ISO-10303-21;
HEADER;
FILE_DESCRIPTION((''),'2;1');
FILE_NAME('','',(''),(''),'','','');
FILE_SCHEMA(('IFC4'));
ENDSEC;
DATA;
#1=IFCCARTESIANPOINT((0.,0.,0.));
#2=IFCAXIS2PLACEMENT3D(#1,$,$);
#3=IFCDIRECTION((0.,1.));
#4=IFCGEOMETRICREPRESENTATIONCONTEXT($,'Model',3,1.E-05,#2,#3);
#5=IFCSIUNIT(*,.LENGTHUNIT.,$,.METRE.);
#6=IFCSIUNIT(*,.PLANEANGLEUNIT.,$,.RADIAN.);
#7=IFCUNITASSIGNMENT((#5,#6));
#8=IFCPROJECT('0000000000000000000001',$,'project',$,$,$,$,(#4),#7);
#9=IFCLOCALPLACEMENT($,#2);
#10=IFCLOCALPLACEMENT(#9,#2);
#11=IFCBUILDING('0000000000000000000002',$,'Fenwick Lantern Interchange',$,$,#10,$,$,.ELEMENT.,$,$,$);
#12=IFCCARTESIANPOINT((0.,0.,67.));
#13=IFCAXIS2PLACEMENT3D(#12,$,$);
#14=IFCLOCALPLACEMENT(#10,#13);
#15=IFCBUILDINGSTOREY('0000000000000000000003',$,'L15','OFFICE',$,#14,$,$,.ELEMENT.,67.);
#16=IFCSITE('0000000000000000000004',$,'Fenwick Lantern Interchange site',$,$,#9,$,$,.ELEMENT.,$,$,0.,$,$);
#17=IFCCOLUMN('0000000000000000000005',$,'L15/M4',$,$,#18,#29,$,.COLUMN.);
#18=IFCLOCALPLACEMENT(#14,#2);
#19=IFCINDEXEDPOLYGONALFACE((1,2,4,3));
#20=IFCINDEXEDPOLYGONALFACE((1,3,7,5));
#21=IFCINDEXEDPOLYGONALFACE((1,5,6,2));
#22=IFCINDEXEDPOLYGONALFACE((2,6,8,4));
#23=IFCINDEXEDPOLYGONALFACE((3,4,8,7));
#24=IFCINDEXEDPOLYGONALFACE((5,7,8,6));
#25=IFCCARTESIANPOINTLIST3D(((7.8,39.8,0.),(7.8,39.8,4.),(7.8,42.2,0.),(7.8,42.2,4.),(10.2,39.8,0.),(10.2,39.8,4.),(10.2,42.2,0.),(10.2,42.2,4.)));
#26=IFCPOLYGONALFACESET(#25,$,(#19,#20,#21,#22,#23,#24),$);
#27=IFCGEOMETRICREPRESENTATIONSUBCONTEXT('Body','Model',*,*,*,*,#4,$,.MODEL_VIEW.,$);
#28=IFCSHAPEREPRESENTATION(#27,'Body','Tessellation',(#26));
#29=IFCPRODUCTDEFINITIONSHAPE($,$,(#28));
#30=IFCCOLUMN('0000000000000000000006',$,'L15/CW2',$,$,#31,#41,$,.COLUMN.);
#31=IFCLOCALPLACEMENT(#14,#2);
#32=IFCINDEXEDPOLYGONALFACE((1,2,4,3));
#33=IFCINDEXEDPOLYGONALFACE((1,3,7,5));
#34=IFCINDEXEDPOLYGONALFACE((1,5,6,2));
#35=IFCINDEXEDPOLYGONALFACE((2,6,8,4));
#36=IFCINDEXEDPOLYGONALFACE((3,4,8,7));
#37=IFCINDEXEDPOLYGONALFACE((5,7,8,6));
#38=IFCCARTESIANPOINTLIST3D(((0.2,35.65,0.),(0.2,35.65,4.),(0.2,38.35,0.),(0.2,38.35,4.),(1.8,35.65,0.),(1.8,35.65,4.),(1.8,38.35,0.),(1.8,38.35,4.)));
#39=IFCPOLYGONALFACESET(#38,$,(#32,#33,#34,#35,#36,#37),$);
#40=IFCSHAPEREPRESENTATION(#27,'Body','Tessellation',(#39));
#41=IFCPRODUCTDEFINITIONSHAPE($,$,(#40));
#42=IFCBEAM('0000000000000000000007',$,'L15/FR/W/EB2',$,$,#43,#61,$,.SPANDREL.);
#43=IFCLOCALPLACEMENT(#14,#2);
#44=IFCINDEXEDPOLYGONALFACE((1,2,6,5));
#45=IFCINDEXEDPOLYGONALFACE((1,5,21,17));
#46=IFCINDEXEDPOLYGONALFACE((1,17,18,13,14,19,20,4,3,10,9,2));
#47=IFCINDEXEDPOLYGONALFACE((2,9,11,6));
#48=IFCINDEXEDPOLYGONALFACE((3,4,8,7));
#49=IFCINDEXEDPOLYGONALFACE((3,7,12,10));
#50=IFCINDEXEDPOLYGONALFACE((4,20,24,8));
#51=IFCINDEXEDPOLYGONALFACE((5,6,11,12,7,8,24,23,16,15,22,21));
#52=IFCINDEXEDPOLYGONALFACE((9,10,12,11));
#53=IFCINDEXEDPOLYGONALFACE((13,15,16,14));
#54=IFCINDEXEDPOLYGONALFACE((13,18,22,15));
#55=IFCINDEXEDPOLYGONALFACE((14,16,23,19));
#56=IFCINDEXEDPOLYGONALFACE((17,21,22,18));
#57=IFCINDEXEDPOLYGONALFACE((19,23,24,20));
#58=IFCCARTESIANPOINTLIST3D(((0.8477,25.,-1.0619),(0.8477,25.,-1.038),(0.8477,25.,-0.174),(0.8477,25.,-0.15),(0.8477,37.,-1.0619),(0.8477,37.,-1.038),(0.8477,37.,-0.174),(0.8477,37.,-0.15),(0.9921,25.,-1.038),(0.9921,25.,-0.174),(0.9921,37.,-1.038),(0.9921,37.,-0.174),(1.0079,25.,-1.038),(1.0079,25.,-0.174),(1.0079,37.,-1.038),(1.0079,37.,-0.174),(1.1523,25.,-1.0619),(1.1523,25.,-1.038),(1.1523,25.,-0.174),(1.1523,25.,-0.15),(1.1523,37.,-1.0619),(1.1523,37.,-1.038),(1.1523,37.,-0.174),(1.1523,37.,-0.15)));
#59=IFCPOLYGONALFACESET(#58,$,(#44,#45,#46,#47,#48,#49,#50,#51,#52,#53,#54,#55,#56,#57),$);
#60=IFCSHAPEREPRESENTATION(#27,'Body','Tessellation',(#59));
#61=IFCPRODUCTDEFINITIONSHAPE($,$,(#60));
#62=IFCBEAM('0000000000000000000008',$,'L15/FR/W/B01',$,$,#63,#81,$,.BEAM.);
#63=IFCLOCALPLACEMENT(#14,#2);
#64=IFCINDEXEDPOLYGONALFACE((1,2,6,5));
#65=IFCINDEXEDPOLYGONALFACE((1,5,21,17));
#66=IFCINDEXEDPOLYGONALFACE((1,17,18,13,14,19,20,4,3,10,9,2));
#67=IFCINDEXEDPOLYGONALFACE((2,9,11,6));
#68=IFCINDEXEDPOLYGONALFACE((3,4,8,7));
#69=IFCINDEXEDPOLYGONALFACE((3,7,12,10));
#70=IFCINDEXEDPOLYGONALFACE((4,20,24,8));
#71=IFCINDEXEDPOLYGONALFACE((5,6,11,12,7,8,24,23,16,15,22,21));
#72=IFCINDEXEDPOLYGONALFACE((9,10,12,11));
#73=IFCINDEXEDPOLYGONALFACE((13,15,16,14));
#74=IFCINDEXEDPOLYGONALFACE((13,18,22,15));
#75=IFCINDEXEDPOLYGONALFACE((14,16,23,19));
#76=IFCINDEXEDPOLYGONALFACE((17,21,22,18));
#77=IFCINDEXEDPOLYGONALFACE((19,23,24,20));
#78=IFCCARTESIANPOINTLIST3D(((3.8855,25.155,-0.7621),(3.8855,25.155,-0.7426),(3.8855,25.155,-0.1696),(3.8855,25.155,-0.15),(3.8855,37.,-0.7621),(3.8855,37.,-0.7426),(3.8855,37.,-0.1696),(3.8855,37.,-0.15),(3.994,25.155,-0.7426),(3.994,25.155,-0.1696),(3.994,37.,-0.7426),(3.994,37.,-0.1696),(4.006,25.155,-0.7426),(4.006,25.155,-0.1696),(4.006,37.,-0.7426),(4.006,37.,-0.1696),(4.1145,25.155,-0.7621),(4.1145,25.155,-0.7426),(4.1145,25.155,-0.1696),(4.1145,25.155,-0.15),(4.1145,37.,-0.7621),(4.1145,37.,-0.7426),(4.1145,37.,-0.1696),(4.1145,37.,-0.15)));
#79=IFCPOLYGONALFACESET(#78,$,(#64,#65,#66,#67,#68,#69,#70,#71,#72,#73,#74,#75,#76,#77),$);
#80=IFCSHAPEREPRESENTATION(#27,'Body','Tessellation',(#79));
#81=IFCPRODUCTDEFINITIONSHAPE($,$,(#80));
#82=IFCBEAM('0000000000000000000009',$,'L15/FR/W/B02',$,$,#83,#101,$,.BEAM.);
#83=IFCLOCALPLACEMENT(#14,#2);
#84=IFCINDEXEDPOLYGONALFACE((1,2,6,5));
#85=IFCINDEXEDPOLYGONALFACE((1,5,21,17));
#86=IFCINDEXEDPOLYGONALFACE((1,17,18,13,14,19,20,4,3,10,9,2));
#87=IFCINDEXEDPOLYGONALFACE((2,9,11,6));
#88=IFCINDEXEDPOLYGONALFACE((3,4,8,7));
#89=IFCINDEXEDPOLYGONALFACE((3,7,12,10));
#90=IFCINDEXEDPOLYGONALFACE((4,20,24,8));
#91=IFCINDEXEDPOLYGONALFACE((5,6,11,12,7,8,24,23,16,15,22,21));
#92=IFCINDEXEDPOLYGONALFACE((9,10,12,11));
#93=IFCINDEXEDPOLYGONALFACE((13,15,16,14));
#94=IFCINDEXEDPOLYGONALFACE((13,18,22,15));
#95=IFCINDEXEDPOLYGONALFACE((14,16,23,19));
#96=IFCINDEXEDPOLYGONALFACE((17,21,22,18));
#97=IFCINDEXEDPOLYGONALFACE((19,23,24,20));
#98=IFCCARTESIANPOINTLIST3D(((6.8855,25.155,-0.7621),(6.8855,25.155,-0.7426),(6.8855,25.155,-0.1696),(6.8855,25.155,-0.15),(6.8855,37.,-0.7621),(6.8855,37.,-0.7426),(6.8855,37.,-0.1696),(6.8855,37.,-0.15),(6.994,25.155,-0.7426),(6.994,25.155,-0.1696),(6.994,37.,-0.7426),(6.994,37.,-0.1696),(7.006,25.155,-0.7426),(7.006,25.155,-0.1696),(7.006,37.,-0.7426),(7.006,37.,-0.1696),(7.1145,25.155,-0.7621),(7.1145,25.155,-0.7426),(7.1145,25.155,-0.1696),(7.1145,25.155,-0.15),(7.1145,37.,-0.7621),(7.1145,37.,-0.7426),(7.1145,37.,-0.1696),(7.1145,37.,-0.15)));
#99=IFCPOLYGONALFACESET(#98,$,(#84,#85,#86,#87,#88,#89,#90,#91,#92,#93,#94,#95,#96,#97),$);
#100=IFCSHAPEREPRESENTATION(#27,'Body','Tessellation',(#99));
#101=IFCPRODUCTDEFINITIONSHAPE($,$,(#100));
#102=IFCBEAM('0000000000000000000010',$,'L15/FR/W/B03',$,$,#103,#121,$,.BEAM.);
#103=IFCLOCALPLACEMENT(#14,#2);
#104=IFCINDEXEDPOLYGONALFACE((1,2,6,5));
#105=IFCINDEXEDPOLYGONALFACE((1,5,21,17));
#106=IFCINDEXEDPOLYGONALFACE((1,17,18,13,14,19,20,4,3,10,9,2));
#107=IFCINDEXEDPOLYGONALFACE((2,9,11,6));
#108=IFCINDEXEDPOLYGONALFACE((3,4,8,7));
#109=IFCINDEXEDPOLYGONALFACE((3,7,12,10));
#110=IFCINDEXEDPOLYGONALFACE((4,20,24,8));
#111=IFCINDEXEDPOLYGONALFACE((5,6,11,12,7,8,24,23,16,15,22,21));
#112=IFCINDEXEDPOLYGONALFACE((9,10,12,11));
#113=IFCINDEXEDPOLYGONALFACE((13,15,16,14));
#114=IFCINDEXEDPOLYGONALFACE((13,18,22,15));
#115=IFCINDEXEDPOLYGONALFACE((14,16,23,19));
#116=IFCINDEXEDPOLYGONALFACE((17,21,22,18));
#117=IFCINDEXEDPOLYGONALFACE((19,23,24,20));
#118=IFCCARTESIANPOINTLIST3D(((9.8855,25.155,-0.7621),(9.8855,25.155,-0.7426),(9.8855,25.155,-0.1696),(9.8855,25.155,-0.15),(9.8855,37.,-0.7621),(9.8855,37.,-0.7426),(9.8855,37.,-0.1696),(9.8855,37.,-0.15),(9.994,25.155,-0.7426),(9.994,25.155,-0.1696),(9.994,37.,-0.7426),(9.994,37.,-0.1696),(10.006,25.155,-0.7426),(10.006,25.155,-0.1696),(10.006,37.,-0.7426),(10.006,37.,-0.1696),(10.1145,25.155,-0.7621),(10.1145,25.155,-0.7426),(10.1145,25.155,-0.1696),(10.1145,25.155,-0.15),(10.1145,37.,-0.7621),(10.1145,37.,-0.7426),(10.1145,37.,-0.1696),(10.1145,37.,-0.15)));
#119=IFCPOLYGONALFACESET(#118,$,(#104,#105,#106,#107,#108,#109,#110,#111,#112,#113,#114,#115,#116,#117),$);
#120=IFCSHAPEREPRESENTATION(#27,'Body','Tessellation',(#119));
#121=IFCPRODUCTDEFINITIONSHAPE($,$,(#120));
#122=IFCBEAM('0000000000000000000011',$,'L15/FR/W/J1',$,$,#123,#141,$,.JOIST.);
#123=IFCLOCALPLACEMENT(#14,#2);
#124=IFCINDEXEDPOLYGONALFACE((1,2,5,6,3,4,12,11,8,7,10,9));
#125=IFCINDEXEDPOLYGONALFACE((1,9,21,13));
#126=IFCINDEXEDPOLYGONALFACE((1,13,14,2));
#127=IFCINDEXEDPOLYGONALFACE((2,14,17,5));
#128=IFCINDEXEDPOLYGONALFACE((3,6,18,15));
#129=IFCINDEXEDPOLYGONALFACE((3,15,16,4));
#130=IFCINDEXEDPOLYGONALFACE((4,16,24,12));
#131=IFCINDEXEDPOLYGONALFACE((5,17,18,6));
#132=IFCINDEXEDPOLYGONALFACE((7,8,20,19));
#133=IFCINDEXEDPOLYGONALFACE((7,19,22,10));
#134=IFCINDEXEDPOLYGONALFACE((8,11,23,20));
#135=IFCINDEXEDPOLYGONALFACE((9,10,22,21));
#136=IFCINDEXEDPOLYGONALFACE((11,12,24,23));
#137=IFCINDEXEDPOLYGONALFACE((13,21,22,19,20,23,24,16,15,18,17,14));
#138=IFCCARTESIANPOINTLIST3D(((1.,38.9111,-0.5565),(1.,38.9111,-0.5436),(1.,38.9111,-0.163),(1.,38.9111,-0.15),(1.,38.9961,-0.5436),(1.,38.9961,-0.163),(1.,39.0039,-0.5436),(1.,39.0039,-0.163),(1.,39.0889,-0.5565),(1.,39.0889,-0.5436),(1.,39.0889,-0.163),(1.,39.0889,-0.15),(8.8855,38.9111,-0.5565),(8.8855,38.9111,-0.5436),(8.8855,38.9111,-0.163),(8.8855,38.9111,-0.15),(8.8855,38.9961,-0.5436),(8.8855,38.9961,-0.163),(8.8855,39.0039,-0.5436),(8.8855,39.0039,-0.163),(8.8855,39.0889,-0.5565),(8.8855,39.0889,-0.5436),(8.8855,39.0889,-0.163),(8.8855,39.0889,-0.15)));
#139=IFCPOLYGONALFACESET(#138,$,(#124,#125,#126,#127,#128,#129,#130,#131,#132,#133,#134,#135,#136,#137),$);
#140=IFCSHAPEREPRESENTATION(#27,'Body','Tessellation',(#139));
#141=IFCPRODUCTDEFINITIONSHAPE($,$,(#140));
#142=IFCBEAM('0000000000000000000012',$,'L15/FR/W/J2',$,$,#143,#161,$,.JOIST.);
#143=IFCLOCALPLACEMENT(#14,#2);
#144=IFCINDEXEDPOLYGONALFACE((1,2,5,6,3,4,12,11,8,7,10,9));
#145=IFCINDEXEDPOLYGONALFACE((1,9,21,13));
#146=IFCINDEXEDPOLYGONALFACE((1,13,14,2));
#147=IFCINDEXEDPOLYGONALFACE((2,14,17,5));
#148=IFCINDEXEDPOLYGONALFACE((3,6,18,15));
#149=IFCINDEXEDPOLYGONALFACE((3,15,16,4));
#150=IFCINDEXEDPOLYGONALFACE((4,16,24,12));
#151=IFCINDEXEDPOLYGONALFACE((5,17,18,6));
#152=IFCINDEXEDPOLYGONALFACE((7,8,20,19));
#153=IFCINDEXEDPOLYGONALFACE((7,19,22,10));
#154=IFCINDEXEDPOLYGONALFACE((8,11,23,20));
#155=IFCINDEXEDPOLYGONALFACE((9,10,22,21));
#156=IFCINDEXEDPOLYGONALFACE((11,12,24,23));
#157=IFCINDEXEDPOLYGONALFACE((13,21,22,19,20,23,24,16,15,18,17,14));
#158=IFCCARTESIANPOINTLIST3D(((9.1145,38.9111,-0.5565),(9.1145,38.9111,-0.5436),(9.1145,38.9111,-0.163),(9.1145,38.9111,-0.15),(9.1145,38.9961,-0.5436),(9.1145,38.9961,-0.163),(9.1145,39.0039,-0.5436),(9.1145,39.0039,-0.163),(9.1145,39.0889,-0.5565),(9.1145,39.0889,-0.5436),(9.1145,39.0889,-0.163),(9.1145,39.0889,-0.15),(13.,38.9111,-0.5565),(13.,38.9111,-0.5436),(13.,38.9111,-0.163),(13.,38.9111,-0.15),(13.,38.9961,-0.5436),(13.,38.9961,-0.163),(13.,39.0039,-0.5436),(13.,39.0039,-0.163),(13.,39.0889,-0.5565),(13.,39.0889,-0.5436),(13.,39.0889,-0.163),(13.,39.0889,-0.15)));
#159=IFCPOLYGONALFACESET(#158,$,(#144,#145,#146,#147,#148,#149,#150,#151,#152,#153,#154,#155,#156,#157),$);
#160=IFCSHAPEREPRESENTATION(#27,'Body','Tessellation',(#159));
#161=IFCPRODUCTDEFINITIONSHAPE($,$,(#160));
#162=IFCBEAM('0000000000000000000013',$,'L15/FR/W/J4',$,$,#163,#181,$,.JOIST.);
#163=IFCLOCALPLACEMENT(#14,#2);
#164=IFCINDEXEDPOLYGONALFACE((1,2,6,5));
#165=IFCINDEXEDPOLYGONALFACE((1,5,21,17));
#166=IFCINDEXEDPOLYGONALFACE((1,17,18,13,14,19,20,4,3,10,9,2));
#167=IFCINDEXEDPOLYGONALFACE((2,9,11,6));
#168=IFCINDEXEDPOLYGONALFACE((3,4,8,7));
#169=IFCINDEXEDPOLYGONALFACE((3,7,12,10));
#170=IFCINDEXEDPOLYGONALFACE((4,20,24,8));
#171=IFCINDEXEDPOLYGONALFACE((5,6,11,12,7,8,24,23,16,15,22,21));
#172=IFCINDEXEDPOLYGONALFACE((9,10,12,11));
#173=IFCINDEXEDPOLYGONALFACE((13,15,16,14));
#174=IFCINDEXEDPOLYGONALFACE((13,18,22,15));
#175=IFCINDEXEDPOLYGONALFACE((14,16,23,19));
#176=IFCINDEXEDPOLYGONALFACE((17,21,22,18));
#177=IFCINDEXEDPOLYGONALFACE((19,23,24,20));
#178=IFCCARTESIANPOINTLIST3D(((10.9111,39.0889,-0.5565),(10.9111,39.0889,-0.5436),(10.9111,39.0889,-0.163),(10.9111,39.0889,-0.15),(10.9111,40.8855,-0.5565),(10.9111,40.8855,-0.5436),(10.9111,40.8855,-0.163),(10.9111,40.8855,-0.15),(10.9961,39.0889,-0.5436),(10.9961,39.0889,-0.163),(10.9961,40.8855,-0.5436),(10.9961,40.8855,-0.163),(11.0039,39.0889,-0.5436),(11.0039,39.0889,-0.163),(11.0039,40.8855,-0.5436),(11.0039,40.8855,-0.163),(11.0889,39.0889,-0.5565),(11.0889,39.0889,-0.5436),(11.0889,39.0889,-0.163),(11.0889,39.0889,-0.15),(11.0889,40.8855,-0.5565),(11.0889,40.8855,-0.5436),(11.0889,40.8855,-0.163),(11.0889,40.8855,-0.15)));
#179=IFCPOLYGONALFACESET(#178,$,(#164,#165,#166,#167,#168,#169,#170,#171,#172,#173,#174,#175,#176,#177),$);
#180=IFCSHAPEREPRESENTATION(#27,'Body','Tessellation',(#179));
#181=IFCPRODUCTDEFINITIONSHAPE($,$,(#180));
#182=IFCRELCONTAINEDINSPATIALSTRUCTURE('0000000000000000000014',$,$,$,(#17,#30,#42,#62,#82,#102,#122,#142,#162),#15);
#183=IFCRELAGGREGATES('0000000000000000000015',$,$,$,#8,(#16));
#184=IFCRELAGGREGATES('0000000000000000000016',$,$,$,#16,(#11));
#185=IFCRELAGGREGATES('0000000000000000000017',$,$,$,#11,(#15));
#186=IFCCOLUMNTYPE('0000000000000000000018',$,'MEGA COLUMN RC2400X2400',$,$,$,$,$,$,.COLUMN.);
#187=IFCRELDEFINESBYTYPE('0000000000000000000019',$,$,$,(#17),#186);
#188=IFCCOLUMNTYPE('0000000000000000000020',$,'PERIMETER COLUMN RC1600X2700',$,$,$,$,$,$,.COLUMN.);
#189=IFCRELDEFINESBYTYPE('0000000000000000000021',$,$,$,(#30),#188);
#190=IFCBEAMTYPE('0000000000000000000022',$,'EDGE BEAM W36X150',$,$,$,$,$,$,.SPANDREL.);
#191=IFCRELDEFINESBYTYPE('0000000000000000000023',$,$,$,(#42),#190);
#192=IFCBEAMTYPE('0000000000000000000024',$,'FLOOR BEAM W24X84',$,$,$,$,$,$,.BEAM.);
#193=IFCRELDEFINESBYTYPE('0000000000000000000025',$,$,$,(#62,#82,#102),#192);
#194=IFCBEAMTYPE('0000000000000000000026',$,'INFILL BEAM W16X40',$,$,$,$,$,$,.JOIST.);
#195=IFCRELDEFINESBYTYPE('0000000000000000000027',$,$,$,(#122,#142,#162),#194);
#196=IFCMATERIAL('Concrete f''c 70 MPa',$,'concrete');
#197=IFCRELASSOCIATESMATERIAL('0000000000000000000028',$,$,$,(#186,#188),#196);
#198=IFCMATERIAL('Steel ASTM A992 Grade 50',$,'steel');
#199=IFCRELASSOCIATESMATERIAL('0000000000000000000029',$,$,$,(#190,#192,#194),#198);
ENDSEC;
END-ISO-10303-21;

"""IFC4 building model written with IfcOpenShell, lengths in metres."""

from ifc_helpers import new_model, si_unit, direction, frame, origin, origin_2d, place, context, subcontext, project, spatial, rectangle, i_section, extrude, material, material_profile, profile_set, type_object, element, save


model = new_model("IFC4")

# Units and contexts
model_context = context("Model", 3, precision=1e-05, world=origin(), true_north=direction((0.0, 1.0)))
body_context = subcontext(model_context, "Body", "Model", "MODEL_VIEW")
ifc_project = project(units=[si_unit("LENGTHUNIT", "METRE"), si_unit("PLANEANGLEUNIT", "RADIAN")], contexts=[model_context])

# Site, building, storey
site_placement = place(None, origin())
site = spatial("IfcSite", under=ifc_project, at=site_placement, Name="Fenwick Lantern Interchange site", CompositionType="ELEMENT", RefElevation=0.0)
building_placement = place(site_placement, origin())
building = spatial("IfcBuilding", under=site, at=building_placement, Name="Fenwick Lantern Interchange", CompositionType="ELEMENT")
storey_placement = place(building_placement, frame((0.0, 0.0, 67.0)))
storey = spatial("IfcBuildingStorey", under=building, at=storey_placement, Name="L15", Description="OFFICE", CompositionType="ELEMENT", Elevation=67.0)

# Columns
ifc_material_1 = material(Name="Concrete f'c 70 MPa", Category="concrete")
ifc_material_profile_1 = material_profile(ifc_material_1, rectangle(XDim=2.3999, YDim=2.3999, at=origin_2d()), Name="RC2400X2400")
ifc_profile_set_1 = profile_set([ifc_material_profile_1], Name="Concrete f'c 70 MPa")
column_type_1 = type_object("IfcColumnType", Name="MEGA COLUMN RC2400X2400", PredefinedType="COLUMN", material=ifc_profile_set_1)
column_1_placement = place(storey_placement, frame((9.0, 41.0, 0.0), z_axis=(0.0, 0.0, 1.0), x_axis=(1.0, 0.0, 0.0)))
element("IfcColumn", 1, at=column_1_placement, inside=storey, type_object=column_type_1, Name="L15/M4", PredefinedType="COLUMN", context=body_context, shape_type="SweptSolid", body=[
    extrude(rectangle(XDim=2.3999, YDim=2.3999, at=origin_2d()), origin(), (0.0, 0.0, 1.0), 4.0),
])
ifc_material_profile_2 = material_profile(ifc_material_1, rectangle(XDim=1.6001, YDim=2.7, at=origin_2d()), Name="RC1600X2700")
ifc_profile_set_2 = profile_set([ifc_material_profile_2], Name="Concrete f'c 70 MPa")
column_type_2 = type_object("IfcColumnType", Name="PERIMETER COLUMN RC1600X2700", PredefinedType="COLUMN", material=ifc_profile_set_2)
column_2_placement = place(storey_placement, frame((1.0, 37.0, 0.0), z_axis=(0.0, 0.0, 1.0), x_axis=(1.0, 0.0, 0.0)))
element("IfcColumn", 2, at=column_2_placement, inside=storey, type_object=column_type_2, Name="L15/CW2", PredefinedType="COLUMN", context=body_context, shape_type="SweptSolid", body=[
    extrude(rectangle(XDim=1.6001, YDim=2.7, at=origin_2d()), origin(), (0.0, 0.0, 1.0), 4.0),
])

# Beams
ifc_material_2 = material(Name="Steel ASTM A992 Grade 50", Category="steel")
ifc_material_profile_3 = material_profile(ifc_material_2, i_section(OverallWidth=0.3047, OverallDepth=0.9119, WebThickness=0.0159, FlangeThickness=0.0239, at=origin_2d()), Name="W36X150")
ifc_profile_set_3 = profile_set([ifc_material_profile_3], Name="Steel ASTM A992 Grade 50")
beam_type_1 = type_object("IfcBeamType", Name="EDGE BEAM W36X150", PredefinedType="SPANDREL", material=ifc_profile_set_3)
beam_1_placement = place(storey_placement, frame((1.0, 37.0, -0.606), z_axis=(0.0, -1.0, 0.0), x_axis=(1.0, 0.0, 0.0)))
element("IfcBeam", 3, at=beam_1_placement, inside=storey, type_object=beam_type_1, Name="L15/FR/W/EB2", PredefinedType="SPANDREL", context=body_context, shape_type="SweptSolid", body=[
    extrude(i_section(OverallWidth=0.3047, OverallDepth=0.9119, WebThickness=0.0159, FlangeThickness=0.0239, at=origin_2d()), origin(), (0.0, 0.0, 1.0), 12.0),
])
ifc_material_profile_4 = material_profile(ifc_material_2, i_section(OverallWidth=0.229, OverallDepth=0.6121, WebThickness=0.012, FlangeThickness=0.0195, at=origin_2d()), Name="W24X84")
ifc_profile_set_4 = profile_set([ifc_material_profile_4], Name="Steel ASTM A992 Grade 50")
beam_type_2 = type_object("IfcBeamType", Name="FLOOR BEAM W24X84", PredefinedType="BEAM", material=ifc_profile_set_4)
for number, where, z_axis, x_axis, name in (
    (4, (4.0, 37.0, -0.4561), (0.0, -1.0, 0.0), (1.0, 0.0, 0.0), "L15/FR/W/B01"),
    (5, (7.0, 37.0, -0.4561), (0.0, -1.0, 0.0), (1.0, 0.0, 0.0), "L15/FR/W/B02"),
    (6, (10.0, 37.0, -0.4561), (0.0, -1.0, 0.0), (1.0, 0.0, 0.0), "L15/FR/W/B03"),
):
    element("IfcBeam", number, at=place(storey_placement, frame(where, z_axis=z_axis, x_axis=x_axis)), inside=storey, type_object=beam_type_2, Name=name, PredefinedType="BEAM", context=body_context, shape_type="SweptSolid", body=[
        extrude(i_section(OverallWidth=0.229, OverallDepth=0.6121, WebThickness=0.012, FlangeThickness=0.0195, at=origin_2d()), origin(), (0.0, 0.0, 1.0), 11.845),
    ])
ifc_material_profile_5 = material_profile(ifc_material_2, i_section(OverallWidth=0.1777, OverallDepth=0.4065, WebThickness=0.0078, FlangeThickness=0.0129, at=origin_2d()), Name="W16X40")
ifc_profile_set_5 = profile_set([ifc_material_profile_5], Name="Steel ASTM A992 Grade 50")
beam_type_3 = type_object("IfcBeamType", Name="INFILL BEAM W16X40", PredefinedType="JOIST", material=ifc_profile_set_5)
beam_2_placement = place(storey_placement, frame((1.0, 39.0, -0.3533), z_axis=(1.0, 0.0, 0.0), x_axis=(0.0, 1.0, 0.0)))
element("IfcBeam", 7, at=beam_2_placement, inside=storey, type_object=beam_type_3, Name="L15/FR/W/J1", PredefinedType="JOIST", context=body_context, shape_type="SweptSolid", body=[
    extrude(i_section(OverallWidth=0.1777, OverallDepth=0.4065, WebThickness=0.0078, FlangeThickness=0.0129, at=origin_2d()), origin(), (0.0, 0.0, 1.0), 7.8855),
])
beam_3_placement = place(storey_placement, frame((9.1145, 39.0, -0.3533), z_axis=(1.0, 0.0, 0.0), x_axis=(0.0, 1.0, 0.0)))
element("IfcBeam", 8, at=beam_3_placement, inside=storey, type_object=beam_type_3, Name="L15/FR/W/J2", PredefinedType="JOIST", context=body_context, shape_type="SweptSolid", body=[
    extrude(i_section(OverallWidth=0.1777, OverallDepth=0.4065, WebThickness=0.0078, FlangeThickness=0.0129, at=origin_2d()), origin(), (0.0, 0.0, 1.0), 3.8855),
])
beam_4_placement = place(storey_placement, frame((11.0, 40.8855, -0.3533), z_axis=(0.0, -1.0, 0.0), x_axis=(1.0, 0.0, 0.0)))
element("IfcBeam", 9, at=beam_4_placement, inside=storey, type_object=beam_type_3, Name="L15/FR/W/J4", PredefinedType="JOIST", context=body_context, shape_type="SweptSolid", body=[
    extrude(i_section(OverallWidth=0.1777, OverallDepth=0.4065, WebThickness=0.0078, FlangeThickness=0.0129, at=origin_2d()), origin(), (0.0, 0.0, 1.0), 1.7966),
])

save(model, "model.ifc")
